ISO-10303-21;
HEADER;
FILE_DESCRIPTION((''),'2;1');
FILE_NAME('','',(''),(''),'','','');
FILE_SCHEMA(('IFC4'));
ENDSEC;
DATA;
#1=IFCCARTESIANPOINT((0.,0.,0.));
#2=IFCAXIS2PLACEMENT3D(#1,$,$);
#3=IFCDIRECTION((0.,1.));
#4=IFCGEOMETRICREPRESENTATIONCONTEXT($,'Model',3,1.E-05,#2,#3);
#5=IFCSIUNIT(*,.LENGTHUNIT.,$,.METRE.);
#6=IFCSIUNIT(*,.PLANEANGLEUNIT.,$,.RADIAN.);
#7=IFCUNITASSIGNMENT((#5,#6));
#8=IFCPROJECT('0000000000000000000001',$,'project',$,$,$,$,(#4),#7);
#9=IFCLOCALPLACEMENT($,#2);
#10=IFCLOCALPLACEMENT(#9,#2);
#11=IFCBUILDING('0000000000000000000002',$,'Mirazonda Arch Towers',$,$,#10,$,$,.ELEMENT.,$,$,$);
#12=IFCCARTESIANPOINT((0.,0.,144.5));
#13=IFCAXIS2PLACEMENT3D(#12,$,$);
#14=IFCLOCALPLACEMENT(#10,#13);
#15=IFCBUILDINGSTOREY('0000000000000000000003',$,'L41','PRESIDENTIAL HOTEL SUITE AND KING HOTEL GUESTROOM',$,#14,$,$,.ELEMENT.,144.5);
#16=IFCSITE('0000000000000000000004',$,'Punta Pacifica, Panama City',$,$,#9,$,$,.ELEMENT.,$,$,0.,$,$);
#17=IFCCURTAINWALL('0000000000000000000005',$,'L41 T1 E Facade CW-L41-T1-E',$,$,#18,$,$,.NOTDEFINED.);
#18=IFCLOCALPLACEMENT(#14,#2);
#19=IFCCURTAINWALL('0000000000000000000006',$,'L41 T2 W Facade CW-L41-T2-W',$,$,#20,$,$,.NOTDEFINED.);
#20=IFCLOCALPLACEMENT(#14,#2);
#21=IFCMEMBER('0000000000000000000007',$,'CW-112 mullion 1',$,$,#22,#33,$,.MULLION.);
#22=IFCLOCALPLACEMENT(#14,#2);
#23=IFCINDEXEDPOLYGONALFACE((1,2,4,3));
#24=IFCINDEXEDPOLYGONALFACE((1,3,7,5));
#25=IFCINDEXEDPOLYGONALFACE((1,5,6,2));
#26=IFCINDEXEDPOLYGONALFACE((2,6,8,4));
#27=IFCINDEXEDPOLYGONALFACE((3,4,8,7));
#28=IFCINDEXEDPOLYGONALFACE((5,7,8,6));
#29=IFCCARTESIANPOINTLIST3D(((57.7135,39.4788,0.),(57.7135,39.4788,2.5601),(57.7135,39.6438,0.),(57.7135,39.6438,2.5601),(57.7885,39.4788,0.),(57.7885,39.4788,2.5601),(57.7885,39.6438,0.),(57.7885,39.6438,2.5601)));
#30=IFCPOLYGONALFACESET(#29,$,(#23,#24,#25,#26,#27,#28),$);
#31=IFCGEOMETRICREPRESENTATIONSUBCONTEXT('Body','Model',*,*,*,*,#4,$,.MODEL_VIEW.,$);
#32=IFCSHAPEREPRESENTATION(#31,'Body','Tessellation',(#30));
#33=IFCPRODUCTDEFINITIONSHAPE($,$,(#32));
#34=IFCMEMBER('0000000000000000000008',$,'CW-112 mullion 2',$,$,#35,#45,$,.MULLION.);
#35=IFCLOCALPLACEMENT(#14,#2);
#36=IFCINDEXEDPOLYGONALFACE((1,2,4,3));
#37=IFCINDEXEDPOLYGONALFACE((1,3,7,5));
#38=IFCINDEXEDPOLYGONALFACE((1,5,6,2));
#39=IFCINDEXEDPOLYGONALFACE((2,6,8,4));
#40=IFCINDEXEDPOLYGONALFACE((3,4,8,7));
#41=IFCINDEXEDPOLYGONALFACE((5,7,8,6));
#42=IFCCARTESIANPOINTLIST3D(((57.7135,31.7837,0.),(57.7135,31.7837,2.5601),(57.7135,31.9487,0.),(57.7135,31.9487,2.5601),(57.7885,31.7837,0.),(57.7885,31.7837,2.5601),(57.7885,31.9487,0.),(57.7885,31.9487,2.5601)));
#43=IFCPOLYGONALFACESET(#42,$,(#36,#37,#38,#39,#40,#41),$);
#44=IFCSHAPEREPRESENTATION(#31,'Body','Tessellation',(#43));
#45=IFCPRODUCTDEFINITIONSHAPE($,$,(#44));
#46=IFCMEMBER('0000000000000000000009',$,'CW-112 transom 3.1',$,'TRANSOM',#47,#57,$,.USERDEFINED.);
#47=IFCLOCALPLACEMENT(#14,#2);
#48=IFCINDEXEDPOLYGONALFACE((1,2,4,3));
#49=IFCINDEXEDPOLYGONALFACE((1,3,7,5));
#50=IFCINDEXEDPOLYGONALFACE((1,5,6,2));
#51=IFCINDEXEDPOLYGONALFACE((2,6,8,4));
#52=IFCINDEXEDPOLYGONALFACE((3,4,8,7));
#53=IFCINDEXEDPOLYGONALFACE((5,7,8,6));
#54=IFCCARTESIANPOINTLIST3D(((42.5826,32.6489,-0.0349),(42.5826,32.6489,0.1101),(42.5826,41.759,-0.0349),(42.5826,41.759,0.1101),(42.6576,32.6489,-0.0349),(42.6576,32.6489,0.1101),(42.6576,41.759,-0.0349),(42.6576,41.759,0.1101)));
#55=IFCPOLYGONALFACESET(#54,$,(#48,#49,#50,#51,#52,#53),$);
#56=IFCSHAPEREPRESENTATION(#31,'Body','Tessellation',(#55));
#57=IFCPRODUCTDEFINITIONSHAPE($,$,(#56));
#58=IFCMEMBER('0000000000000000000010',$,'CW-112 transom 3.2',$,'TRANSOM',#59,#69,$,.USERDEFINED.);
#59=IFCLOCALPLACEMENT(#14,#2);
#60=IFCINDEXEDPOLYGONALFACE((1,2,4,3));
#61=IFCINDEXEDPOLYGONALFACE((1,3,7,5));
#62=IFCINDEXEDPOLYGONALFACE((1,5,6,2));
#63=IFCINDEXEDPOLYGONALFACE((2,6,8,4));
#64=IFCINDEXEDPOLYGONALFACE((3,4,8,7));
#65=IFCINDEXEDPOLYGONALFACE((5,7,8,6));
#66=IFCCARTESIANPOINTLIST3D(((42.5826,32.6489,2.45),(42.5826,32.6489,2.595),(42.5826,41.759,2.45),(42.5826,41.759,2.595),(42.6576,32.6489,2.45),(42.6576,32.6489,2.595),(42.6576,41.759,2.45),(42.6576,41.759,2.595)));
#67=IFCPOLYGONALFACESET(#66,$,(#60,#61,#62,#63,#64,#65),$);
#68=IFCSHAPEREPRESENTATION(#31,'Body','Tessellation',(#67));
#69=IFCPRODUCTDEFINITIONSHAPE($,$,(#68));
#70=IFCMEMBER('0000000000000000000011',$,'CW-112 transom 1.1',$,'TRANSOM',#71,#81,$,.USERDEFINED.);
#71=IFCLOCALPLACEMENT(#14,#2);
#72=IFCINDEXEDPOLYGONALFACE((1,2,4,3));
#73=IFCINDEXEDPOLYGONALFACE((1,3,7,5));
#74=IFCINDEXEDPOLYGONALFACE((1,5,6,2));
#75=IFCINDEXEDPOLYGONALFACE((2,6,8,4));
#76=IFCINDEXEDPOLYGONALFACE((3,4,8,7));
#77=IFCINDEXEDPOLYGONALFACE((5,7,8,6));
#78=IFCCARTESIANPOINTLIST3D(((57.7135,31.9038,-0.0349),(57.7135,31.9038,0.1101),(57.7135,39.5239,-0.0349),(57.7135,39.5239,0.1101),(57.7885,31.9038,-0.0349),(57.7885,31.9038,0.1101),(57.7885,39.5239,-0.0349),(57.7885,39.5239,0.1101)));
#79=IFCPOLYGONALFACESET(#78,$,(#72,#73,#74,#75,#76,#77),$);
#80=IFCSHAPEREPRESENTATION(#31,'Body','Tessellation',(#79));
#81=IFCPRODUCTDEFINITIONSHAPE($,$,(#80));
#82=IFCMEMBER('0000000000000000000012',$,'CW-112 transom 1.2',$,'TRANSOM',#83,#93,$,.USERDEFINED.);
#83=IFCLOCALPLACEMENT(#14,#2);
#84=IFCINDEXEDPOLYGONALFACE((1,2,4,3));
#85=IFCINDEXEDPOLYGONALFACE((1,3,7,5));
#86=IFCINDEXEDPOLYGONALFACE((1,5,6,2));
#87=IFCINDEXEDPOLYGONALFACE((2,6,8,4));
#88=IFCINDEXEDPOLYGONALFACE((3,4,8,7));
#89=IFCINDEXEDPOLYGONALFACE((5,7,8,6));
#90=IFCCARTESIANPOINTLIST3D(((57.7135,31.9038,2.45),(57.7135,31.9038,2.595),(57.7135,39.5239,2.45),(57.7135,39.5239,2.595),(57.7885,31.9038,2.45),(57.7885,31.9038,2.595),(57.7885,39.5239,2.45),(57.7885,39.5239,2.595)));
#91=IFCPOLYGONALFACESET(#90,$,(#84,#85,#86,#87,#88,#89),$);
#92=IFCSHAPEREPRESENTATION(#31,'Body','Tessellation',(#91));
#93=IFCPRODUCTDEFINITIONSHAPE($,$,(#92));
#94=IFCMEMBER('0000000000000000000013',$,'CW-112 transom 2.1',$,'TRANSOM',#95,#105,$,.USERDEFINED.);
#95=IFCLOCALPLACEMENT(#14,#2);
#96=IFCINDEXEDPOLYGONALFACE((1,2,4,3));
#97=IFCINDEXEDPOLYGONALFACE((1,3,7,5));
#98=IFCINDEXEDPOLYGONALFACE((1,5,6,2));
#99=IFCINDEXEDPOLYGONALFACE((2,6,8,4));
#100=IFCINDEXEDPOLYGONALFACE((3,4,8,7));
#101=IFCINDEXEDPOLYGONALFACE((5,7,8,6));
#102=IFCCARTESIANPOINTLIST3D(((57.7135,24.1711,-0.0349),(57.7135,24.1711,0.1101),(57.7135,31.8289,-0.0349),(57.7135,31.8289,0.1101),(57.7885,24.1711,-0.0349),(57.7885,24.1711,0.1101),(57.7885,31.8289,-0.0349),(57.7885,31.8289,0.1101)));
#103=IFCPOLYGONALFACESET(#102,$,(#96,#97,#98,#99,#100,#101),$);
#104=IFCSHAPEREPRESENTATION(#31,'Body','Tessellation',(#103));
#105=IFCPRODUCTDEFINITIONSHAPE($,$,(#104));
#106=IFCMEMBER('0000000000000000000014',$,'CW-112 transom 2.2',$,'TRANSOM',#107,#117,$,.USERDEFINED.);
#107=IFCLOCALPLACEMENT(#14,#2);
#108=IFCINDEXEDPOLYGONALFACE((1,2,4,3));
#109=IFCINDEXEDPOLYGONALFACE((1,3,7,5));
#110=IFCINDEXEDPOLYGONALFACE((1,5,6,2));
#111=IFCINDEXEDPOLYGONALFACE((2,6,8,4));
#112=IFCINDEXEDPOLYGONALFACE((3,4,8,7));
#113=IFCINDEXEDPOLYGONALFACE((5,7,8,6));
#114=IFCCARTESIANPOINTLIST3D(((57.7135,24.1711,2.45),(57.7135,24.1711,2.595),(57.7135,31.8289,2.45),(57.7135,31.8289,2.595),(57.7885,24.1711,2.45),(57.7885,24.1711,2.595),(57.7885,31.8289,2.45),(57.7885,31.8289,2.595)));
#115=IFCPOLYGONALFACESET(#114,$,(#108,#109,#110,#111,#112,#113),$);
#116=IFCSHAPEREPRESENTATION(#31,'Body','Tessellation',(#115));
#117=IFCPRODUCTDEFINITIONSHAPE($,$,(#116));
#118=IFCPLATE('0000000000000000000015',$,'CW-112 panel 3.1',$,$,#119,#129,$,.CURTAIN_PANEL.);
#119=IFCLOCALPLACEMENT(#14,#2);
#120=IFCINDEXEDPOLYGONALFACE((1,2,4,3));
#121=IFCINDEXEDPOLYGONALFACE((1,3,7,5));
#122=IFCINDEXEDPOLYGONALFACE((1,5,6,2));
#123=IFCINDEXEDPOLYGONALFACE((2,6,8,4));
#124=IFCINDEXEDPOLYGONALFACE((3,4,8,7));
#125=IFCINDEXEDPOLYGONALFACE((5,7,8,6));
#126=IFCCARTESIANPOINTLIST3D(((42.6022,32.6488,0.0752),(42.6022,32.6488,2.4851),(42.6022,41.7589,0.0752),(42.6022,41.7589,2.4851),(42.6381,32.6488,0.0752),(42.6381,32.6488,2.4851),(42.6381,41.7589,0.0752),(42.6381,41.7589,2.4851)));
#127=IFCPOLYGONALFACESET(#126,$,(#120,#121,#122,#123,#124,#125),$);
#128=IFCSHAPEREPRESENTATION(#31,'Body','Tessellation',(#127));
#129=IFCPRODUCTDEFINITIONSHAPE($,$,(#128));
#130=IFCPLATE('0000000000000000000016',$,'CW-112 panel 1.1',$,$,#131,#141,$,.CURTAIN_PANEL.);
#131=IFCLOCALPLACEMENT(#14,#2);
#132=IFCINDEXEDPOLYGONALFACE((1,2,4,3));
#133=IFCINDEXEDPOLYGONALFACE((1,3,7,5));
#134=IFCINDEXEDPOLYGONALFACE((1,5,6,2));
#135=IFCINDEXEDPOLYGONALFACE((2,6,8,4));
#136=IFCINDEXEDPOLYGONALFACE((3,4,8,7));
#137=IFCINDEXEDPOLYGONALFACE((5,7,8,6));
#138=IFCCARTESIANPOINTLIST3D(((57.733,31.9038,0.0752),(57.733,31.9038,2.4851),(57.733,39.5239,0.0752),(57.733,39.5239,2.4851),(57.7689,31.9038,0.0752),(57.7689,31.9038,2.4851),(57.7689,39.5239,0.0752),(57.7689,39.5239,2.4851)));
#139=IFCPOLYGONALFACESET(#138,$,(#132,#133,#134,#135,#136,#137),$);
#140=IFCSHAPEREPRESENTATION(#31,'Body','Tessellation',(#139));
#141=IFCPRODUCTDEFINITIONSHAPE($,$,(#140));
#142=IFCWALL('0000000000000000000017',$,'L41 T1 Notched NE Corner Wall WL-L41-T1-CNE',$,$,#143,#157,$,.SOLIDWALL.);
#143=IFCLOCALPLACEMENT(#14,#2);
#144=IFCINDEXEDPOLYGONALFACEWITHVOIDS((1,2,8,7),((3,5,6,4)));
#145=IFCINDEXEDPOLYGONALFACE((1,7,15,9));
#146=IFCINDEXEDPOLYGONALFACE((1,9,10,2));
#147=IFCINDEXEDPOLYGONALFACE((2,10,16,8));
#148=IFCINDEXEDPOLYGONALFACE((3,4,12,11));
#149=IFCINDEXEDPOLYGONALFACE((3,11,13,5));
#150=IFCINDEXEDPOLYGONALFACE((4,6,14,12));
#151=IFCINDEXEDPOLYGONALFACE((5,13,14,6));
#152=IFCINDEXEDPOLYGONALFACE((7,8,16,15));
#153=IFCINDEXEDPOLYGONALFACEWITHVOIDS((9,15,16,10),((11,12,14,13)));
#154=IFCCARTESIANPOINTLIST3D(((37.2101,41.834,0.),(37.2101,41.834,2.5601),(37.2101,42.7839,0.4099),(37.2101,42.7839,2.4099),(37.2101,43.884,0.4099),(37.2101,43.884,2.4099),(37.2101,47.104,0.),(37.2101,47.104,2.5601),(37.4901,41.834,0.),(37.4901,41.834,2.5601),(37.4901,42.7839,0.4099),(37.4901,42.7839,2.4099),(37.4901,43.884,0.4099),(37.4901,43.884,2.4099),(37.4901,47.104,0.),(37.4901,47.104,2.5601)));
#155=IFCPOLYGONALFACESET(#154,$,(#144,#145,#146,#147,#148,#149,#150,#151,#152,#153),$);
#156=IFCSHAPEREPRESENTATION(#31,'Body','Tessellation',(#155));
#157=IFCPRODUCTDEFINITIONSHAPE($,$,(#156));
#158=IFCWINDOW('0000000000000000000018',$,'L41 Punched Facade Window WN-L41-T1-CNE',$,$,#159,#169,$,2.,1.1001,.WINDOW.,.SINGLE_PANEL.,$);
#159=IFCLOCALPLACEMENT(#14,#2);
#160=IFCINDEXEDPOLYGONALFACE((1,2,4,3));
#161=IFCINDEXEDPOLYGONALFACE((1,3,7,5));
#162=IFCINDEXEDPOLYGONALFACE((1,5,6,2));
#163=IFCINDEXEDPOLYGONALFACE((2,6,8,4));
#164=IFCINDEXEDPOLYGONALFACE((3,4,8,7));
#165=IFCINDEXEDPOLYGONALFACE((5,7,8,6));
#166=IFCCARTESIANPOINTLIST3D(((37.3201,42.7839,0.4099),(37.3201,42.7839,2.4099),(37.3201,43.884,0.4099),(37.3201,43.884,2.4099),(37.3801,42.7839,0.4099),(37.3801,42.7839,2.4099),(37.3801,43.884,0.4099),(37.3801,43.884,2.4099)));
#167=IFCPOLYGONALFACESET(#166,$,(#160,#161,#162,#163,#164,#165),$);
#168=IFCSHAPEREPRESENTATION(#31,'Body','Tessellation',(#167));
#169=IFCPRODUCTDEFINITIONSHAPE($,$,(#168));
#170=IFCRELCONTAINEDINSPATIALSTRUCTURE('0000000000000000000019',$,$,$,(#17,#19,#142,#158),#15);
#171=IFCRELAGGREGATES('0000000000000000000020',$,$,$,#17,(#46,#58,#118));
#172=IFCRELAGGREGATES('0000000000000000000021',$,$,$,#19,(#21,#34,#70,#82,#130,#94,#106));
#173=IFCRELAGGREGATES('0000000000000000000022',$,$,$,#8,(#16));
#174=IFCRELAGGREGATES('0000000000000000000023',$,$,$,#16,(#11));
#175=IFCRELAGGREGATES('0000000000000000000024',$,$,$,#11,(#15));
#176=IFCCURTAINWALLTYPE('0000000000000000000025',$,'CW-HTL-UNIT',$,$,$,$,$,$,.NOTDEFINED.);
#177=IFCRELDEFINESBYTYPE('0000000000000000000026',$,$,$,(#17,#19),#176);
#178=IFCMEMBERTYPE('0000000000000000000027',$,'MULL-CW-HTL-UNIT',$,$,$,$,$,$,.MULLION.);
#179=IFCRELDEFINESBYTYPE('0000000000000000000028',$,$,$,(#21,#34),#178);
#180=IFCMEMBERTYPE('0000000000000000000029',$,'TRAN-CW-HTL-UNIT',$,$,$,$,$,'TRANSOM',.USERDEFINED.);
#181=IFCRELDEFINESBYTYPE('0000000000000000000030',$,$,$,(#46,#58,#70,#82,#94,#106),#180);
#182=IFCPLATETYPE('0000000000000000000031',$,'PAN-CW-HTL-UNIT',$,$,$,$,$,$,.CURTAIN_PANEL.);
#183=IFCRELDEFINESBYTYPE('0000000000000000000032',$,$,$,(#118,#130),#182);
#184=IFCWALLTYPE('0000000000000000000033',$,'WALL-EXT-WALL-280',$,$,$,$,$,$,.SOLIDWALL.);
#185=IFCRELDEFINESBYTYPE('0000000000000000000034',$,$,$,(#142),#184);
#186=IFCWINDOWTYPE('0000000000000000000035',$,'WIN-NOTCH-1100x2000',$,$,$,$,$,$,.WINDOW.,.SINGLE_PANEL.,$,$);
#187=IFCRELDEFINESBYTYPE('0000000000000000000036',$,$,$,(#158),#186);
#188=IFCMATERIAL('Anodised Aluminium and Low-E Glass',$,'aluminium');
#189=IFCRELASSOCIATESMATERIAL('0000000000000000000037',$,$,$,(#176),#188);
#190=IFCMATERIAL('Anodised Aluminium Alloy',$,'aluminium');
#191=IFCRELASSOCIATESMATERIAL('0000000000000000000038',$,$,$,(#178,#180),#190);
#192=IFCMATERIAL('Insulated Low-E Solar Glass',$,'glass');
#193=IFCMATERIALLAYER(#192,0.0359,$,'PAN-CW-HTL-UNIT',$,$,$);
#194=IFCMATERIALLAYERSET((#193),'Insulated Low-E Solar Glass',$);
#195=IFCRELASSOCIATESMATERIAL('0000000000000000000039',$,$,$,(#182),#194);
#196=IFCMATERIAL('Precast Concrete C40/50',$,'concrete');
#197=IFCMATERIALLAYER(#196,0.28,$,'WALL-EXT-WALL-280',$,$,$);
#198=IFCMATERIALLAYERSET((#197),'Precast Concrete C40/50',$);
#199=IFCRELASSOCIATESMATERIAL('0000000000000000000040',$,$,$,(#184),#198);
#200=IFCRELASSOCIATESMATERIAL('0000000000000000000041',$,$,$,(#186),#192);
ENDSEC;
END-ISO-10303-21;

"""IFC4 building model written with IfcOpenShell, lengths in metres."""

from ifc_helpers import new_model, si_unit, direction, frame, frame_2d, origin, origin_2d, place, context, subcontext, project, spatial, rectangle, extrude, material, layer, layer_set, material_profile, profile_set, type_object, element, fill, aggregate, save


model = new_model("IFC4")

# Units and contexts
model_context = context("Model", 3, precision=1e-05, world=origin(), true_north=direction((0.0, 1.0)))
body_context = subcontext(model_context, "Body", "Model", "MODEL_VIEW")
ifc_project = project(units=[si_unit("LENGTHUNIT", "METRE"), si_unit("PLANEANGLEUNIT", "RADIAN")], contexts=[model_context])

# Site, building, storey
site_placement = place(None, origin())
site = spatial("IfcSite", under=ifc_project, at=site_placement, Name="Punta Pacifica, Panama City", CompositionType="ELEMENT", RefElevation=0.0)
building_placement = place(site_placement, origin())
building = spatial("IfcBuilding", under=site, at=building_placement, Name="Mirazonda Arch Towers", CompositionType="ELEMENT")
storey_placement = place(building_placement, frame((0.0, 0.0, 144.5)))
storey = spatial("IfcBuildingStorey", under=building, at=storey_placement, Name="L41", Description="PRESIDENTIAL HOTEL SUITE AND KING HOTEL GUESTROOM", CompositionType="ELEMENT", Elevation=144.5)

# Curtain wall
ifc_material_1 = material(Name="Anodised Aluminium and Low-E Glass", Category="aluminium")
curtain_wall_type = type_object("IfcCurtainWallType", Name="CW-HTL-UNIT", PredefinedType="NOTDEFINED", material=ifc_material_1)
curtain_wall_1_placement = place(storey_placement, origin())
curtain_wall_1 = element("IfcCurtainWall", 1, at=curtain_wall_1_placement, inside=storey, type_object=curtain_wall_type, Name="L41 T1 E Facade CW-L41-T1-E", PredefinedType="NOTDEFINED")
ifc_material_2 = material(Name="Anodised Aluminium Alloy", Category="aluminium")
ifc_material_profile_1 = material_profile(ifc_material_2, rectangle(XDim=0.075, YDim=0.165, at=origin_2d()), Name="ALU-MULL-75x165")
ifc_profile_set_1 = profile_set([ifc_material_profile_1], Name="Anodised Aluminium Alloy")
member_type_1 = type_object("IfcMemberType", Name="MULL-CW-HTL-UNIT", PredefinedType="MULLION", material=ifc_profile_set_1)

# Curtain wall, members
curtain_wall_2_placement = place(storey_placement, origin())
curtain_wall_2 = element("IfcCurtainWall", 2, at=curtain_wall_2_placement, inside=storey, type_object=curtain_wall_type, Name="L41 T2 W Facade CW-L41-T2-W", PredefinedType="NOTDEFINED")
member_1_placement = place(storey_placement, frame((57.751, 39.5613, 0.0), z_axis=(0.0, 0.0, 1.0), x_axis=(1.0, 0.0, 0.0)))
member_1 = element("IfcMember", 3, at=member_1_placement, type_object=member_type_1, Name="CW-112 mullion 1", PredefinedType="MULLION", context=body_context, shape_type="SweptSolid", body=[
    extrude(rectangle(XDim=0.075, YDim=0.165, at=origin_2d()), origin(), (0.0, 0.0, 1.0), 2.5601),
])
member_2_placement = place(storey_placement, frame((57.751, 31.8662, 0.0), z_axis=(0.0, 0.0, 1.0), x_axis=(1.0, 0.0, 0.0)))
member_2 = element("IfcMember", 4, at=member_2_placement, type_object=member_type_1, Name="CW-112 mullion 2", PredefinedType="MULLION", context=body_context, shape_type="SweptSolid", body=[
    extrude(rectangle(XDim=0.075, YDim=0.165, at=origin_2d()), origin(), (0.0, 0.0, 1.0), 2.5601),
])

# Members
ifc_material_profile_2 = material_profile(ifc_material_2, rectangle(XDim=0.075, YDim=0.145, at=origin_2d()), Name="ALU-TRAN-75x145")
ifc_profile_set_2 = profile_set([ifc_material_profile_2], Name="Anodised Aluminium Alloy")
member_type_2 = type_object("IfcMemberType", Name="TRAN-CW-HTL-UNIT", ElementType="TRANSOM", PredefinedType="USERDEFINED", material=ifc_profile_set_2)
member_3_placement = place(storey_placement, frame((42.6201, 32.6489, 0.0376), z_axis=(0.0, 1.0, 0.0), x_axis=(-1.0, 0.0, 0.0)))
member_3 = element("IfcMember", 5, at=member_3_placement, type_object=member_type_2, Name="CW-112 transom 3.1", ObjectType="TRANSOM", PredefinedType="USERDEFINED", context=body_context, shape_type="SweptSolid", body=[
    extrude(rectangle(XDim=0.075, YDim=0.145, at=origin_2d()), origin(), (0.0, 0.0, 1.0), 9.1101),
])
member_4_placement = place(storey_placement, frame((42.6201, 32.6489, 2.5225), z_axis=(0.0, 1.0, 0.0), x_axis=(-1.0, 0.0, 0.0)))
member_4 = element("IfcMember", 6, at=member_4_placement, type_object=member_type_2, Name="CW-112 transom 3.2", ObjectType="TRANSOM", PredefinedType="USERDEFINED", context=body_context, shape_type="SweptSolid", body=[
    extrude(rectangle(XDim=0.075, YDim=0.145, at=origin_2d()), origin(), (0.0, 0.0, 1.0), 9.1101),
])
member_5_placement = place(storey_placement, frame((57.751, 39.5239, 0.0376), z_axis=(0.0, -1.0, 0.0), x_axis=(1.0, 0.0, 0.0)))
member_5 = element("IfcMember", 7, at=member_5_placement, type_object=member_type_2, Name="CW-112 transom 1.1", ObjectType="TRANSOM", PredefinedType="USERDEFINED", context=body_context, shape_type="SweptSolid", body=[
    extrude(rectangle(XDim=0.075, YDim=0.145, at=origin_2d()), origin(), (0.0, 0.0, 1.0), 7.6201),
])
member_6_placement = place(storey_placement, frame((57.751, 39.5239, 2.5225), z_axis=(0.0, -1.0, 0.0), x_axis=(1.0, 0.0, 0.0)))
member_6 = element("IfcMember", 8, at=member_6_placement, type_object=member_type_2, Name="CW-112 transom 1.2", ObjectType="TRANSOM", PredefinedType="USERDEFINED", context=body_context, shape_type="SweptSolid", body=[
    extrude(rectangle(XDim=0.075, YDim=0.145, at=origin_2d()), origin(), (0.0, 0.0, 1.0), 7.6201),
])
member_7_placement = place(storey_placement, frame((57.751, 31.8289, 0.0376), z_axis=(0.0, -1.0, 0.0), x_axis=(1.0, 0.0, 0.0)))
member_7 = element("IfcMember", 9, at=member_7_placement, type_object=member_type_2, Name="CW-112 transom 2.1", ObjectType="TRANSOM", PredefinedType="USERDEFINED", context=body_context, shape_type="SweptSolid", body=[
    extrude(rectangle(XDim=0.075, YDim=0.145, at=origin_2d()), origin(), (0.0, 0.0, 1.0), 7.6577),
])
member_8_placement = place(storey_placement, frame((57.751, 31.8289, 2.5225), z_axis=(0.0, -1.0, 0.0), x_axis=(1.0, 0.0, 0.0)))
member_8 = element("IfcMember", 10, at=member_8_placement, type_object=member_type_2, Name="CW-112 transom 2.2", ObjectType="TRANSOM", PredefinedType="USERDEFINED", context=body_context, shape_type="SweptSolid", body=[
    extrude(rectangle(XDim=0.075, YDim=0.145, at=origin_2d()), origin(), (0.0, 0.0, 1.0), 7.6577),
])

# Plates
ifc_material_3 = material(Name="Insulated Low-E Solar Glass", Category="glass")
ifc_layer_1 = layer(ifc_material_3, 0.0359, Name="PAN-CW-HTL-UNIT")
ifc_layer_set_1 = layer_set([ifc_layer_1], Name="Insulated Low-E Solar Glass")
plate_type = type_object("IfcPlateType", Name="PAN-CW-HTL-UNIT", PredefinedType="CURTAIN_PANEL", material=ifc_layer_set_1)
plate_1_placement = place(storey_placement, frame((42.6201, 37.2039, 0.0752), z_axis=(0.0, 0.0, 1.0), x_axis=(0.0, 1.0, 0.0)))
plate_1 = element("IfcPlate", 11, at=plate_1_placement, type_object=plate_type, Name="CW-112 panel 3.1", PredefinedType="CURTAIN_PANEL", context=body_context, shape_type="SweptSolid", body=[
    extrude(rectangle(XDim=9.1101, YDim=0.0359, at=origin_2d()), origin(), (0.0, 0.0, 1.0), 2.4099),
])
aggregate(curtain_wall_1, [member_3, member_4, plate_1])
plate_2_placement = place(storey_placement, frame((57.751, 35.7139, 0.0752), z_axis=(0.0, 0.0, 1.0), x_axis=(0.0, -1.0, 0.0)))
plate_2 = element("IfcPlate", 12, at=plate_2_placement, type_object=plate_type, Name="CW-112 panel 1.1", PredefinedType="CURTAIN_PANEL", context=body_context, shape_type="SweptSolid", body=[
    extrude(rectangle(XDim=7.6201, YDim=0.0359, at=origin_2d()), origin(), (0.0, 0.0, 1.0), 2.4099),
])
aggregate(curtain_wall_2, [member_1, member_2, member_5, member_6, plate_2, member_7, member_8])

# Wall, opening, window
ifc_material_4 = material(Name="Precast Concrete C40/50", Category="concrete")
ifc_layer_2 = layer(ifc_material_4, 0.28, Name="WALL-EXT-WALL-280")
ifc_layer_set_2 = layer_set([ifc_layer_2], Name="Precast Concrete C40/50")
wall_type_1 = type_object("IfcWallType", Name="WALL-EXT-WALL-280", PredefinedType="SOLIDWALL", material=ifc_layer_set_2)
wall_1_placement = place(storey_placement, frame((37.3501, 41.834, 0.0), z_axis=(0.0, 0.0, 1.0), x_axis=(0.0, 1.0, 0.0)))
wall_1 = element("IfcWall", 13, at=wall_1_placement, inside=storey, type_object=wall_type_1, Name="L41 T1 Notched NE Corner Wall WL-L41-T1-CNE", PredefinedType="SOLIDWALL", context=body_context, shape_type="SweptSolid", body=[
    extrude(rectangle(XDim=5.27, YDim=0.28, at=frame_2d((2.635, 0.0))), origin(), (0.0, 0.0, 1.0), 2.5601),
])
opening_1_placement = place(wall_1_placement, frame((0.95, 0.0, 0.4099)))
opening_1 = element("IfcOpeningElement", 14, at=opening_1_placement, cuts=wall_1, PredefinedType="OPENING", context=body_context, shape_type="SweptSolid", body=[
    extrude(rectangle(XDim=1.1001, YDim=2.0, at=frame_2d((0.55, 1.0))), frame((0.0, 0.1499, 0.0), z_axis=(0.0, -1.0, 0.0), x_axis=(1.0, 0.0, 0.0)), (0.0, 0.0, 1.0), 0.3),
])
window_type = type_object("IfcWindowType", Name="WIN-NOTCH-1100x2000", PartitioningType="SINGLE_PANEL", PredefinedType="WINDOW", material=ifc_material_3)
window_1_placement = place(opening_1_placement, origin())
window_1 = element("IfcWindow", 15, at=window_1_placement, inside=storey, type_object=window_type, Name="L41 Punched Facade Window WN-L41-T1-CNE", OverallHeight=2.0, OverallWidth=1.1001, PartitioningType="SINGLE_PANEL", PredefinedType="WINDOW", context=body_context, shape_type="SweptSolid", body=[
    extrude(rectangle(XDim=1.1001, YDim=2.0, at=frame_2d((0.55, 1.0))), frame((0.0, 0.03, 0.0), z_axis=(0.0, -1.0, 0.0), x_axis=(1.0, 0.0, 0.0)), (0.0, 0.0, 1.0), 0.0601),
])
fill(opening_1, window_1)

save(model, "model.ifc")
